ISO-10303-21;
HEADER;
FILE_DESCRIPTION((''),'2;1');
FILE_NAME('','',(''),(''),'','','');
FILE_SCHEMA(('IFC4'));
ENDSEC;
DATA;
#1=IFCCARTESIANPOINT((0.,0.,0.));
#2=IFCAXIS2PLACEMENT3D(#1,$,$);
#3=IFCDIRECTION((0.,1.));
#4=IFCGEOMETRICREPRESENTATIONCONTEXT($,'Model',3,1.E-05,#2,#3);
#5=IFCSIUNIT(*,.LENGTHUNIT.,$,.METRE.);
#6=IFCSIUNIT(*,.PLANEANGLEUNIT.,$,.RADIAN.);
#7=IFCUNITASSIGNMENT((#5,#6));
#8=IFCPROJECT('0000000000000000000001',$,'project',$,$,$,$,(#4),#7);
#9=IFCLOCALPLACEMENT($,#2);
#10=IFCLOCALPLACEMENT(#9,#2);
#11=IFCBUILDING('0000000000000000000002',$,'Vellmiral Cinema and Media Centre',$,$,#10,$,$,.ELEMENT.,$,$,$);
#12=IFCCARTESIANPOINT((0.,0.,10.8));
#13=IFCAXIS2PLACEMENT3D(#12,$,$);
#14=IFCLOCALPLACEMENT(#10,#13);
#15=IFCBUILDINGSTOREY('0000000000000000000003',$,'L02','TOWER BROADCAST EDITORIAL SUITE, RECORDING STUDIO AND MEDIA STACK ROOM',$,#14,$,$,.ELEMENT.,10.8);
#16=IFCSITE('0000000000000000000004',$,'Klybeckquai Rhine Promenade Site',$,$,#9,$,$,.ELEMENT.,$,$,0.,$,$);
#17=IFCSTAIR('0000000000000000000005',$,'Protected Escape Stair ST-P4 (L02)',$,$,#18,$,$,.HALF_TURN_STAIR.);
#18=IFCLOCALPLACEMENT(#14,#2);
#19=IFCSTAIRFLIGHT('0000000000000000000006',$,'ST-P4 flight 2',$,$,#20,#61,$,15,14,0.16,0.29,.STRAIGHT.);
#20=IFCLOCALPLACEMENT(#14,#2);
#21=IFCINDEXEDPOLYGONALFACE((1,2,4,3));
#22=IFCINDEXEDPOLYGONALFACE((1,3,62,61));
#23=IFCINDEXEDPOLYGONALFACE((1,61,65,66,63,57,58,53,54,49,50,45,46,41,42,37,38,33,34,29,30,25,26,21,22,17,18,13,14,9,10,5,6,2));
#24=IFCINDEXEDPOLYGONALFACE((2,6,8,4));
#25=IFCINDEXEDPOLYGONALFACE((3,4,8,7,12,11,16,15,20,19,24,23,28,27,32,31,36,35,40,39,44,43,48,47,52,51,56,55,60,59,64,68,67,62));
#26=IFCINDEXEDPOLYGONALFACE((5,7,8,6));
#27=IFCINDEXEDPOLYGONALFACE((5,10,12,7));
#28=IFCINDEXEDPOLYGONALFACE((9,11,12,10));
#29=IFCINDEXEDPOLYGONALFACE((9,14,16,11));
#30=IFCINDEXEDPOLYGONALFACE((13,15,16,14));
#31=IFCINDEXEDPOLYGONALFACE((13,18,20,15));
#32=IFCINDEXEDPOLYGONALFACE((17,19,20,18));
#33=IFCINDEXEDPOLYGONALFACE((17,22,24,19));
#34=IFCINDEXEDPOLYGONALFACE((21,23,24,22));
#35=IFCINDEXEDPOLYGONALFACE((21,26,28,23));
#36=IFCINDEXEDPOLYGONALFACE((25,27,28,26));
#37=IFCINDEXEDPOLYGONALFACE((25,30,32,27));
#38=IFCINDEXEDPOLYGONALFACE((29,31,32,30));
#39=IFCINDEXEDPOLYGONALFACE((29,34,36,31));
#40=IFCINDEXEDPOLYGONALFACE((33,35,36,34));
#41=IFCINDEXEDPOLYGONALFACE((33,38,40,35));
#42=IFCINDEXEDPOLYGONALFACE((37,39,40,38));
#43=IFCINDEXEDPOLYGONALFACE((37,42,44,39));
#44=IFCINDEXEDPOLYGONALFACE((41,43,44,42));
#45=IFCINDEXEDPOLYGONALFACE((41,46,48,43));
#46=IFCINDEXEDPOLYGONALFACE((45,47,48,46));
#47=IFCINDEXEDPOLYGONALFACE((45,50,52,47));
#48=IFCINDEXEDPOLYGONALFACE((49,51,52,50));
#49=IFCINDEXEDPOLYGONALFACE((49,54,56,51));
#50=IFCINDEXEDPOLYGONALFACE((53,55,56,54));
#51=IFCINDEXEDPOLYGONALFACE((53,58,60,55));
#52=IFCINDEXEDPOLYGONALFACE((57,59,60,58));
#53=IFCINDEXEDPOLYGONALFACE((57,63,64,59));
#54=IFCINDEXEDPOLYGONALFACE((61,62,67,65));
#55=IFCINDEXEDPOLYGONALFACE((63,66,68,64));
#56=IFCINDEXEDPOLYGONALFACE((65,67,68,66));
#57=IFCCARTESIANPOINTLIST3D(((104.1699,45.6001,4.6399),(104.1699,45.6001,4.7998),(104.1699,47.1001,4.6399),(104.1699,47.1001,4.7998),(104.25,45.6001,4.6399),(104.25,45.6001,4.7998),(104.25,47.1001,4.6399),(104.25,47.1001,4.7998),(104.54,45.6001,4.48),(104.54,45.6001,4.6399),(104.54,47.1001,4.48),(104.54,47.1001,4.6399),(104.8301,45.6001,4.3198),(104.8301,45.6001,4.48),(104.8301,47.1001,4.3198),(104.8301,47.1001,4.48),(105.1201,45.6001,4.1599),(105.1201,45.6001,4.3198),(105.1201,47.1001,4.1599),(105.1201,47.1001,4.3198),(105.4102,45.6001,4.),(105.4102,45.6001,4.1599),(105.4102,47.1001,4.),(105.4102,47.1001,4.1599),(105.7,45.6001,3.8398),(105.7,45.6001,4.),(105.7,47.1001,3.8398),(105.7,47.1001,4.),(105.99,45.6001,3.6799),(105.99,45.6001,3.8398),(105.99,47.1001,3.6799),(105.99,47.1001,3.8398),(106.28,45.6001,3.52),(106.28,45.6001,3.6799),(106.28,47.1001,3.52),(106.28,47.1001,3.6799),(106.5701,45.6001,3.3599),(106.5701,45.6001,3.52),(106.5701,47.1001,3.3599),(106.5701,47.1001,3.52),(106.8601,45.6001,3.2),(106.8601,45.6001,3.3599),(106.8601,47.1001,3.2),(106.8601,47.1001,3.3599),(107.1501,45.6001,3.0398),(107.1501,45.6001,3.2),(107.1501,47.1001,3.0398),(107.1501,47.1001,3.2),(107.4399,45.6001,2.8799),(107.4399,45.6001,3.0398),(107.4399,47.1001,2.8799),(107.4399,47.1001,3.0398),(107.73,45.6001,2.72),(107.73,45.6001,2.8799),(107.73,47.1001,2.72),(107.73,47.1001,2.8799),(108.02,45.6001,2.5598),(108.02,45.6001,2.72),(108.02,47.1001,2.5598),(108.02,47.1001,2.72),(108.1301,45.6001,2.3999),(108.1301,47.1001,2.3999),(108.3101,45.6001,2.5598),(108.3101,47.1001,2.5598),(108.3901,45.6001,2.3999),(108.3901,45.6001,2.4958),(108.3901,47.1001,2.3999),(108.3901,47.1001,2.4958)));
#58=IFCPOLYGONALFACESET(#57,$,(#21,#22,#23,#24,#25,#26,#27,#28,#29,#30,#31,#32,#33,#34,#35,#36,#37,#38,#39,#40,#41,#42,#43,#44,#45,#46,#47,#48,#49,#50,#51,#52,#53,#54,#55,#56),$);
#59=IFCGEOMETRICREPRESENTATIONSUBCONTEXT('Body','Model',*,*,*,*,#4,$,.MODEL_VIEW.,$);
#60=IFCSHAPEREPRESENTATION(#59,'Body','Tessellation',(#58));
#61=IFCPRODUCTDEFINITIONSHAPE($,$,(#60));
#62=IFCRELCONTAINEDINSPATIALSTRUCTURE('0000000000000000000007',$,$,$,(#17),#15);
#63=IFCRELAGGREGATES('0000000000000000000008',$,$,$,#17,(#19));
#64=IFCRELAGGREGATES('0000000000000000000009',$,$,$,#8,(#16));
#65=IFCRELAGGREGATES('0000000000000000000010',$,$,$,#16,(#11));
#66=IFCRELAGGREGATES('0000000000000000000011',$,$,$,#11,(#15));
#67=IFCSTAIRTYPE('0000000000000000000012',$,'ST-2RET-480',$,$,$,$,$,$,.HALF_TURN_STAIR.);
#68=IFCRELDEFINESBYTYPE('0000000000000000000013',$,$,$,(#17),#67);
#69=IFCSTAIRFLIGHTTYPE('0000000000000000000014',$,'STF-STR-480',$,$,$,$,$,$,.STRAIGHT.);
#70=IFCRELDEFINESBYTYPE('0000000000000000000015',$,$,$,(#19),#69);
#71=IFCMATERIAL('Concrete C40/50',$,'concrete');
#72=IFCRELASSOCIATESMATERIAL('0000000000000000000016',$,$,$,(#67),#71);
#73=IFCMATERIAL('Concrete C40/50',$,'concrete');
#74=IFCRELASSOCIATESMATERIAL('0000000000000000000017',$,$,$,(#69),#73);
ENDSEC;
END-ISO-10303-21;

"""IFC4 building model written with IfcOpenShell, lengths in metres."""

from ifc_helpers import new_model, si_unit, direction, frame, origin, place, context, subcontext, project, spatial, polyline, outline, extrude, material, type_object, element, aggregate, save


model = new_model("IFC4")

# Units and contexts
model_context = context("Model", 3, precision=1e-05, world=origin(), true_north=direction((0.0, 1.0)))
body_context = subcontext(model_context, "Body", "Model", "MODEL_VIEW")
ifc_project = project(units=[si_unit("LENGTHUNIT", "METRE"), si_unit("PLANEANGLEUNIT", "RADIAN")], contexts=[model_context])

# Site, building, storey
site_placement = place(None, origin())
site = spatial("IfcSite", under=ifc_project, at=site_placement, Name="Klybeckquai Rhine Promenade Site", CompositionType="ELEMENT", RefElevation=0.0)
building_placement = place(site_placement, origin())
building = spatial("IfcBuilding", under=site, at=building_placement, Name="Vellmiral Cinema and Media Centre", CompositionType="ELEMENT")
storey_placement = place(building_placement, frame((0.0, 0.0, 10.8)))
storey = spatial("IfcBuildingStorey", under=building, at=storey_placement, Name="L02", Description="TOWER BROADCAST EDITORIAL SUITE, RECORDING STUDIO AND MEDIA STACK ROOM", CompositionType="ELEMENT", Elevation=10.8)

# Stair, stair flight
ifc_material_1 = material(Name="Concrete C40/50", Category="concrete")
stair_type = type_object("IfcStairType", Name="ST-2RET-480", PredefinedType="HALF_TURN_STAIR", material=ifc_material_1)
stair_placement = place(storey_placement, origin())
stair = element("IfcStair", 1, at=stair_placement, inside=storey, type_object=stair_type, Name="Protected Escape Stair ST-P4 (L02)", PredefinedType="HALF_TURN_STAIR")
ifc_material_2 = material(Name="Concrete C40/50", Category="concrete")
stair_flight_type = type_object("IfcStairFlightType", Name="STF-STR-480", PredefinedType="STRAIGHT", material=ifc_material_2)
stair_flight_1_placement = place(storey_placement, frame((108.3101, 46.3501, 2.3999), z_axis=(0.0, 0.0, 1.0), x_axis=(-1.0, 0.0, 0.0)))
stair_flight_1 = element("IfcStairFlight", 2, at=stair_flight_1_placement, type_object=stair_flight_type, Name="ST-P4 flight 2", NumberOfRisers=15, NumberOfTreads=14, PredefinedType="STRAIGHT", RiserHeight=0.16, TreadLength=0.29, context=body_context, shape_type="SweptSolid", body=[
    extrude(outline(polyline([(-0.0801, 0.0), (-0.0801, 0.0959), (0.0, 0.1599), (0.29, 0.1599), (0.29, 0.3201), (0.5801, 0.3201), (0.5801, 0.48), (0.8701, 0.48), (0.8701, 0.6399), (1.1599, 0.6399), (1.1599, 0.8), (1.45, 0.8), (1.45, 0.96), (1.74, 0.96), (1.74, 1.1201), (2.03, 1.1201), (2.03, 1.28), (2.3201, 1.28), (2.3201, 1.4399), (2.6101, 1.4399), (2.6101, 1.6001), (2.8999, 1.6001), (2.8999, 1.76), (3.1899, 1.76), (3.1899, 1.9199), (3.48, 1.9199), (3.48, 2.0801), (3.77, 2.0801), (3.77, 2.24), (4.0601, 2.24), (4.0601, 2.3999), (4.1401, 2.3999), (4.1401, 2.24), (0.1799, 0.0), (-0.0801, 0.0)])), frame((0.0, 0.75, 0.0), z_axis=(0.0, -1.0, 0.0), x_axis=(1.0, 0.0, 0.0)), (0.0, 0.0, 1.0), 1.5),
])
aggregate(stair, [stair_flight_1])

save(model, "model.ifc")
